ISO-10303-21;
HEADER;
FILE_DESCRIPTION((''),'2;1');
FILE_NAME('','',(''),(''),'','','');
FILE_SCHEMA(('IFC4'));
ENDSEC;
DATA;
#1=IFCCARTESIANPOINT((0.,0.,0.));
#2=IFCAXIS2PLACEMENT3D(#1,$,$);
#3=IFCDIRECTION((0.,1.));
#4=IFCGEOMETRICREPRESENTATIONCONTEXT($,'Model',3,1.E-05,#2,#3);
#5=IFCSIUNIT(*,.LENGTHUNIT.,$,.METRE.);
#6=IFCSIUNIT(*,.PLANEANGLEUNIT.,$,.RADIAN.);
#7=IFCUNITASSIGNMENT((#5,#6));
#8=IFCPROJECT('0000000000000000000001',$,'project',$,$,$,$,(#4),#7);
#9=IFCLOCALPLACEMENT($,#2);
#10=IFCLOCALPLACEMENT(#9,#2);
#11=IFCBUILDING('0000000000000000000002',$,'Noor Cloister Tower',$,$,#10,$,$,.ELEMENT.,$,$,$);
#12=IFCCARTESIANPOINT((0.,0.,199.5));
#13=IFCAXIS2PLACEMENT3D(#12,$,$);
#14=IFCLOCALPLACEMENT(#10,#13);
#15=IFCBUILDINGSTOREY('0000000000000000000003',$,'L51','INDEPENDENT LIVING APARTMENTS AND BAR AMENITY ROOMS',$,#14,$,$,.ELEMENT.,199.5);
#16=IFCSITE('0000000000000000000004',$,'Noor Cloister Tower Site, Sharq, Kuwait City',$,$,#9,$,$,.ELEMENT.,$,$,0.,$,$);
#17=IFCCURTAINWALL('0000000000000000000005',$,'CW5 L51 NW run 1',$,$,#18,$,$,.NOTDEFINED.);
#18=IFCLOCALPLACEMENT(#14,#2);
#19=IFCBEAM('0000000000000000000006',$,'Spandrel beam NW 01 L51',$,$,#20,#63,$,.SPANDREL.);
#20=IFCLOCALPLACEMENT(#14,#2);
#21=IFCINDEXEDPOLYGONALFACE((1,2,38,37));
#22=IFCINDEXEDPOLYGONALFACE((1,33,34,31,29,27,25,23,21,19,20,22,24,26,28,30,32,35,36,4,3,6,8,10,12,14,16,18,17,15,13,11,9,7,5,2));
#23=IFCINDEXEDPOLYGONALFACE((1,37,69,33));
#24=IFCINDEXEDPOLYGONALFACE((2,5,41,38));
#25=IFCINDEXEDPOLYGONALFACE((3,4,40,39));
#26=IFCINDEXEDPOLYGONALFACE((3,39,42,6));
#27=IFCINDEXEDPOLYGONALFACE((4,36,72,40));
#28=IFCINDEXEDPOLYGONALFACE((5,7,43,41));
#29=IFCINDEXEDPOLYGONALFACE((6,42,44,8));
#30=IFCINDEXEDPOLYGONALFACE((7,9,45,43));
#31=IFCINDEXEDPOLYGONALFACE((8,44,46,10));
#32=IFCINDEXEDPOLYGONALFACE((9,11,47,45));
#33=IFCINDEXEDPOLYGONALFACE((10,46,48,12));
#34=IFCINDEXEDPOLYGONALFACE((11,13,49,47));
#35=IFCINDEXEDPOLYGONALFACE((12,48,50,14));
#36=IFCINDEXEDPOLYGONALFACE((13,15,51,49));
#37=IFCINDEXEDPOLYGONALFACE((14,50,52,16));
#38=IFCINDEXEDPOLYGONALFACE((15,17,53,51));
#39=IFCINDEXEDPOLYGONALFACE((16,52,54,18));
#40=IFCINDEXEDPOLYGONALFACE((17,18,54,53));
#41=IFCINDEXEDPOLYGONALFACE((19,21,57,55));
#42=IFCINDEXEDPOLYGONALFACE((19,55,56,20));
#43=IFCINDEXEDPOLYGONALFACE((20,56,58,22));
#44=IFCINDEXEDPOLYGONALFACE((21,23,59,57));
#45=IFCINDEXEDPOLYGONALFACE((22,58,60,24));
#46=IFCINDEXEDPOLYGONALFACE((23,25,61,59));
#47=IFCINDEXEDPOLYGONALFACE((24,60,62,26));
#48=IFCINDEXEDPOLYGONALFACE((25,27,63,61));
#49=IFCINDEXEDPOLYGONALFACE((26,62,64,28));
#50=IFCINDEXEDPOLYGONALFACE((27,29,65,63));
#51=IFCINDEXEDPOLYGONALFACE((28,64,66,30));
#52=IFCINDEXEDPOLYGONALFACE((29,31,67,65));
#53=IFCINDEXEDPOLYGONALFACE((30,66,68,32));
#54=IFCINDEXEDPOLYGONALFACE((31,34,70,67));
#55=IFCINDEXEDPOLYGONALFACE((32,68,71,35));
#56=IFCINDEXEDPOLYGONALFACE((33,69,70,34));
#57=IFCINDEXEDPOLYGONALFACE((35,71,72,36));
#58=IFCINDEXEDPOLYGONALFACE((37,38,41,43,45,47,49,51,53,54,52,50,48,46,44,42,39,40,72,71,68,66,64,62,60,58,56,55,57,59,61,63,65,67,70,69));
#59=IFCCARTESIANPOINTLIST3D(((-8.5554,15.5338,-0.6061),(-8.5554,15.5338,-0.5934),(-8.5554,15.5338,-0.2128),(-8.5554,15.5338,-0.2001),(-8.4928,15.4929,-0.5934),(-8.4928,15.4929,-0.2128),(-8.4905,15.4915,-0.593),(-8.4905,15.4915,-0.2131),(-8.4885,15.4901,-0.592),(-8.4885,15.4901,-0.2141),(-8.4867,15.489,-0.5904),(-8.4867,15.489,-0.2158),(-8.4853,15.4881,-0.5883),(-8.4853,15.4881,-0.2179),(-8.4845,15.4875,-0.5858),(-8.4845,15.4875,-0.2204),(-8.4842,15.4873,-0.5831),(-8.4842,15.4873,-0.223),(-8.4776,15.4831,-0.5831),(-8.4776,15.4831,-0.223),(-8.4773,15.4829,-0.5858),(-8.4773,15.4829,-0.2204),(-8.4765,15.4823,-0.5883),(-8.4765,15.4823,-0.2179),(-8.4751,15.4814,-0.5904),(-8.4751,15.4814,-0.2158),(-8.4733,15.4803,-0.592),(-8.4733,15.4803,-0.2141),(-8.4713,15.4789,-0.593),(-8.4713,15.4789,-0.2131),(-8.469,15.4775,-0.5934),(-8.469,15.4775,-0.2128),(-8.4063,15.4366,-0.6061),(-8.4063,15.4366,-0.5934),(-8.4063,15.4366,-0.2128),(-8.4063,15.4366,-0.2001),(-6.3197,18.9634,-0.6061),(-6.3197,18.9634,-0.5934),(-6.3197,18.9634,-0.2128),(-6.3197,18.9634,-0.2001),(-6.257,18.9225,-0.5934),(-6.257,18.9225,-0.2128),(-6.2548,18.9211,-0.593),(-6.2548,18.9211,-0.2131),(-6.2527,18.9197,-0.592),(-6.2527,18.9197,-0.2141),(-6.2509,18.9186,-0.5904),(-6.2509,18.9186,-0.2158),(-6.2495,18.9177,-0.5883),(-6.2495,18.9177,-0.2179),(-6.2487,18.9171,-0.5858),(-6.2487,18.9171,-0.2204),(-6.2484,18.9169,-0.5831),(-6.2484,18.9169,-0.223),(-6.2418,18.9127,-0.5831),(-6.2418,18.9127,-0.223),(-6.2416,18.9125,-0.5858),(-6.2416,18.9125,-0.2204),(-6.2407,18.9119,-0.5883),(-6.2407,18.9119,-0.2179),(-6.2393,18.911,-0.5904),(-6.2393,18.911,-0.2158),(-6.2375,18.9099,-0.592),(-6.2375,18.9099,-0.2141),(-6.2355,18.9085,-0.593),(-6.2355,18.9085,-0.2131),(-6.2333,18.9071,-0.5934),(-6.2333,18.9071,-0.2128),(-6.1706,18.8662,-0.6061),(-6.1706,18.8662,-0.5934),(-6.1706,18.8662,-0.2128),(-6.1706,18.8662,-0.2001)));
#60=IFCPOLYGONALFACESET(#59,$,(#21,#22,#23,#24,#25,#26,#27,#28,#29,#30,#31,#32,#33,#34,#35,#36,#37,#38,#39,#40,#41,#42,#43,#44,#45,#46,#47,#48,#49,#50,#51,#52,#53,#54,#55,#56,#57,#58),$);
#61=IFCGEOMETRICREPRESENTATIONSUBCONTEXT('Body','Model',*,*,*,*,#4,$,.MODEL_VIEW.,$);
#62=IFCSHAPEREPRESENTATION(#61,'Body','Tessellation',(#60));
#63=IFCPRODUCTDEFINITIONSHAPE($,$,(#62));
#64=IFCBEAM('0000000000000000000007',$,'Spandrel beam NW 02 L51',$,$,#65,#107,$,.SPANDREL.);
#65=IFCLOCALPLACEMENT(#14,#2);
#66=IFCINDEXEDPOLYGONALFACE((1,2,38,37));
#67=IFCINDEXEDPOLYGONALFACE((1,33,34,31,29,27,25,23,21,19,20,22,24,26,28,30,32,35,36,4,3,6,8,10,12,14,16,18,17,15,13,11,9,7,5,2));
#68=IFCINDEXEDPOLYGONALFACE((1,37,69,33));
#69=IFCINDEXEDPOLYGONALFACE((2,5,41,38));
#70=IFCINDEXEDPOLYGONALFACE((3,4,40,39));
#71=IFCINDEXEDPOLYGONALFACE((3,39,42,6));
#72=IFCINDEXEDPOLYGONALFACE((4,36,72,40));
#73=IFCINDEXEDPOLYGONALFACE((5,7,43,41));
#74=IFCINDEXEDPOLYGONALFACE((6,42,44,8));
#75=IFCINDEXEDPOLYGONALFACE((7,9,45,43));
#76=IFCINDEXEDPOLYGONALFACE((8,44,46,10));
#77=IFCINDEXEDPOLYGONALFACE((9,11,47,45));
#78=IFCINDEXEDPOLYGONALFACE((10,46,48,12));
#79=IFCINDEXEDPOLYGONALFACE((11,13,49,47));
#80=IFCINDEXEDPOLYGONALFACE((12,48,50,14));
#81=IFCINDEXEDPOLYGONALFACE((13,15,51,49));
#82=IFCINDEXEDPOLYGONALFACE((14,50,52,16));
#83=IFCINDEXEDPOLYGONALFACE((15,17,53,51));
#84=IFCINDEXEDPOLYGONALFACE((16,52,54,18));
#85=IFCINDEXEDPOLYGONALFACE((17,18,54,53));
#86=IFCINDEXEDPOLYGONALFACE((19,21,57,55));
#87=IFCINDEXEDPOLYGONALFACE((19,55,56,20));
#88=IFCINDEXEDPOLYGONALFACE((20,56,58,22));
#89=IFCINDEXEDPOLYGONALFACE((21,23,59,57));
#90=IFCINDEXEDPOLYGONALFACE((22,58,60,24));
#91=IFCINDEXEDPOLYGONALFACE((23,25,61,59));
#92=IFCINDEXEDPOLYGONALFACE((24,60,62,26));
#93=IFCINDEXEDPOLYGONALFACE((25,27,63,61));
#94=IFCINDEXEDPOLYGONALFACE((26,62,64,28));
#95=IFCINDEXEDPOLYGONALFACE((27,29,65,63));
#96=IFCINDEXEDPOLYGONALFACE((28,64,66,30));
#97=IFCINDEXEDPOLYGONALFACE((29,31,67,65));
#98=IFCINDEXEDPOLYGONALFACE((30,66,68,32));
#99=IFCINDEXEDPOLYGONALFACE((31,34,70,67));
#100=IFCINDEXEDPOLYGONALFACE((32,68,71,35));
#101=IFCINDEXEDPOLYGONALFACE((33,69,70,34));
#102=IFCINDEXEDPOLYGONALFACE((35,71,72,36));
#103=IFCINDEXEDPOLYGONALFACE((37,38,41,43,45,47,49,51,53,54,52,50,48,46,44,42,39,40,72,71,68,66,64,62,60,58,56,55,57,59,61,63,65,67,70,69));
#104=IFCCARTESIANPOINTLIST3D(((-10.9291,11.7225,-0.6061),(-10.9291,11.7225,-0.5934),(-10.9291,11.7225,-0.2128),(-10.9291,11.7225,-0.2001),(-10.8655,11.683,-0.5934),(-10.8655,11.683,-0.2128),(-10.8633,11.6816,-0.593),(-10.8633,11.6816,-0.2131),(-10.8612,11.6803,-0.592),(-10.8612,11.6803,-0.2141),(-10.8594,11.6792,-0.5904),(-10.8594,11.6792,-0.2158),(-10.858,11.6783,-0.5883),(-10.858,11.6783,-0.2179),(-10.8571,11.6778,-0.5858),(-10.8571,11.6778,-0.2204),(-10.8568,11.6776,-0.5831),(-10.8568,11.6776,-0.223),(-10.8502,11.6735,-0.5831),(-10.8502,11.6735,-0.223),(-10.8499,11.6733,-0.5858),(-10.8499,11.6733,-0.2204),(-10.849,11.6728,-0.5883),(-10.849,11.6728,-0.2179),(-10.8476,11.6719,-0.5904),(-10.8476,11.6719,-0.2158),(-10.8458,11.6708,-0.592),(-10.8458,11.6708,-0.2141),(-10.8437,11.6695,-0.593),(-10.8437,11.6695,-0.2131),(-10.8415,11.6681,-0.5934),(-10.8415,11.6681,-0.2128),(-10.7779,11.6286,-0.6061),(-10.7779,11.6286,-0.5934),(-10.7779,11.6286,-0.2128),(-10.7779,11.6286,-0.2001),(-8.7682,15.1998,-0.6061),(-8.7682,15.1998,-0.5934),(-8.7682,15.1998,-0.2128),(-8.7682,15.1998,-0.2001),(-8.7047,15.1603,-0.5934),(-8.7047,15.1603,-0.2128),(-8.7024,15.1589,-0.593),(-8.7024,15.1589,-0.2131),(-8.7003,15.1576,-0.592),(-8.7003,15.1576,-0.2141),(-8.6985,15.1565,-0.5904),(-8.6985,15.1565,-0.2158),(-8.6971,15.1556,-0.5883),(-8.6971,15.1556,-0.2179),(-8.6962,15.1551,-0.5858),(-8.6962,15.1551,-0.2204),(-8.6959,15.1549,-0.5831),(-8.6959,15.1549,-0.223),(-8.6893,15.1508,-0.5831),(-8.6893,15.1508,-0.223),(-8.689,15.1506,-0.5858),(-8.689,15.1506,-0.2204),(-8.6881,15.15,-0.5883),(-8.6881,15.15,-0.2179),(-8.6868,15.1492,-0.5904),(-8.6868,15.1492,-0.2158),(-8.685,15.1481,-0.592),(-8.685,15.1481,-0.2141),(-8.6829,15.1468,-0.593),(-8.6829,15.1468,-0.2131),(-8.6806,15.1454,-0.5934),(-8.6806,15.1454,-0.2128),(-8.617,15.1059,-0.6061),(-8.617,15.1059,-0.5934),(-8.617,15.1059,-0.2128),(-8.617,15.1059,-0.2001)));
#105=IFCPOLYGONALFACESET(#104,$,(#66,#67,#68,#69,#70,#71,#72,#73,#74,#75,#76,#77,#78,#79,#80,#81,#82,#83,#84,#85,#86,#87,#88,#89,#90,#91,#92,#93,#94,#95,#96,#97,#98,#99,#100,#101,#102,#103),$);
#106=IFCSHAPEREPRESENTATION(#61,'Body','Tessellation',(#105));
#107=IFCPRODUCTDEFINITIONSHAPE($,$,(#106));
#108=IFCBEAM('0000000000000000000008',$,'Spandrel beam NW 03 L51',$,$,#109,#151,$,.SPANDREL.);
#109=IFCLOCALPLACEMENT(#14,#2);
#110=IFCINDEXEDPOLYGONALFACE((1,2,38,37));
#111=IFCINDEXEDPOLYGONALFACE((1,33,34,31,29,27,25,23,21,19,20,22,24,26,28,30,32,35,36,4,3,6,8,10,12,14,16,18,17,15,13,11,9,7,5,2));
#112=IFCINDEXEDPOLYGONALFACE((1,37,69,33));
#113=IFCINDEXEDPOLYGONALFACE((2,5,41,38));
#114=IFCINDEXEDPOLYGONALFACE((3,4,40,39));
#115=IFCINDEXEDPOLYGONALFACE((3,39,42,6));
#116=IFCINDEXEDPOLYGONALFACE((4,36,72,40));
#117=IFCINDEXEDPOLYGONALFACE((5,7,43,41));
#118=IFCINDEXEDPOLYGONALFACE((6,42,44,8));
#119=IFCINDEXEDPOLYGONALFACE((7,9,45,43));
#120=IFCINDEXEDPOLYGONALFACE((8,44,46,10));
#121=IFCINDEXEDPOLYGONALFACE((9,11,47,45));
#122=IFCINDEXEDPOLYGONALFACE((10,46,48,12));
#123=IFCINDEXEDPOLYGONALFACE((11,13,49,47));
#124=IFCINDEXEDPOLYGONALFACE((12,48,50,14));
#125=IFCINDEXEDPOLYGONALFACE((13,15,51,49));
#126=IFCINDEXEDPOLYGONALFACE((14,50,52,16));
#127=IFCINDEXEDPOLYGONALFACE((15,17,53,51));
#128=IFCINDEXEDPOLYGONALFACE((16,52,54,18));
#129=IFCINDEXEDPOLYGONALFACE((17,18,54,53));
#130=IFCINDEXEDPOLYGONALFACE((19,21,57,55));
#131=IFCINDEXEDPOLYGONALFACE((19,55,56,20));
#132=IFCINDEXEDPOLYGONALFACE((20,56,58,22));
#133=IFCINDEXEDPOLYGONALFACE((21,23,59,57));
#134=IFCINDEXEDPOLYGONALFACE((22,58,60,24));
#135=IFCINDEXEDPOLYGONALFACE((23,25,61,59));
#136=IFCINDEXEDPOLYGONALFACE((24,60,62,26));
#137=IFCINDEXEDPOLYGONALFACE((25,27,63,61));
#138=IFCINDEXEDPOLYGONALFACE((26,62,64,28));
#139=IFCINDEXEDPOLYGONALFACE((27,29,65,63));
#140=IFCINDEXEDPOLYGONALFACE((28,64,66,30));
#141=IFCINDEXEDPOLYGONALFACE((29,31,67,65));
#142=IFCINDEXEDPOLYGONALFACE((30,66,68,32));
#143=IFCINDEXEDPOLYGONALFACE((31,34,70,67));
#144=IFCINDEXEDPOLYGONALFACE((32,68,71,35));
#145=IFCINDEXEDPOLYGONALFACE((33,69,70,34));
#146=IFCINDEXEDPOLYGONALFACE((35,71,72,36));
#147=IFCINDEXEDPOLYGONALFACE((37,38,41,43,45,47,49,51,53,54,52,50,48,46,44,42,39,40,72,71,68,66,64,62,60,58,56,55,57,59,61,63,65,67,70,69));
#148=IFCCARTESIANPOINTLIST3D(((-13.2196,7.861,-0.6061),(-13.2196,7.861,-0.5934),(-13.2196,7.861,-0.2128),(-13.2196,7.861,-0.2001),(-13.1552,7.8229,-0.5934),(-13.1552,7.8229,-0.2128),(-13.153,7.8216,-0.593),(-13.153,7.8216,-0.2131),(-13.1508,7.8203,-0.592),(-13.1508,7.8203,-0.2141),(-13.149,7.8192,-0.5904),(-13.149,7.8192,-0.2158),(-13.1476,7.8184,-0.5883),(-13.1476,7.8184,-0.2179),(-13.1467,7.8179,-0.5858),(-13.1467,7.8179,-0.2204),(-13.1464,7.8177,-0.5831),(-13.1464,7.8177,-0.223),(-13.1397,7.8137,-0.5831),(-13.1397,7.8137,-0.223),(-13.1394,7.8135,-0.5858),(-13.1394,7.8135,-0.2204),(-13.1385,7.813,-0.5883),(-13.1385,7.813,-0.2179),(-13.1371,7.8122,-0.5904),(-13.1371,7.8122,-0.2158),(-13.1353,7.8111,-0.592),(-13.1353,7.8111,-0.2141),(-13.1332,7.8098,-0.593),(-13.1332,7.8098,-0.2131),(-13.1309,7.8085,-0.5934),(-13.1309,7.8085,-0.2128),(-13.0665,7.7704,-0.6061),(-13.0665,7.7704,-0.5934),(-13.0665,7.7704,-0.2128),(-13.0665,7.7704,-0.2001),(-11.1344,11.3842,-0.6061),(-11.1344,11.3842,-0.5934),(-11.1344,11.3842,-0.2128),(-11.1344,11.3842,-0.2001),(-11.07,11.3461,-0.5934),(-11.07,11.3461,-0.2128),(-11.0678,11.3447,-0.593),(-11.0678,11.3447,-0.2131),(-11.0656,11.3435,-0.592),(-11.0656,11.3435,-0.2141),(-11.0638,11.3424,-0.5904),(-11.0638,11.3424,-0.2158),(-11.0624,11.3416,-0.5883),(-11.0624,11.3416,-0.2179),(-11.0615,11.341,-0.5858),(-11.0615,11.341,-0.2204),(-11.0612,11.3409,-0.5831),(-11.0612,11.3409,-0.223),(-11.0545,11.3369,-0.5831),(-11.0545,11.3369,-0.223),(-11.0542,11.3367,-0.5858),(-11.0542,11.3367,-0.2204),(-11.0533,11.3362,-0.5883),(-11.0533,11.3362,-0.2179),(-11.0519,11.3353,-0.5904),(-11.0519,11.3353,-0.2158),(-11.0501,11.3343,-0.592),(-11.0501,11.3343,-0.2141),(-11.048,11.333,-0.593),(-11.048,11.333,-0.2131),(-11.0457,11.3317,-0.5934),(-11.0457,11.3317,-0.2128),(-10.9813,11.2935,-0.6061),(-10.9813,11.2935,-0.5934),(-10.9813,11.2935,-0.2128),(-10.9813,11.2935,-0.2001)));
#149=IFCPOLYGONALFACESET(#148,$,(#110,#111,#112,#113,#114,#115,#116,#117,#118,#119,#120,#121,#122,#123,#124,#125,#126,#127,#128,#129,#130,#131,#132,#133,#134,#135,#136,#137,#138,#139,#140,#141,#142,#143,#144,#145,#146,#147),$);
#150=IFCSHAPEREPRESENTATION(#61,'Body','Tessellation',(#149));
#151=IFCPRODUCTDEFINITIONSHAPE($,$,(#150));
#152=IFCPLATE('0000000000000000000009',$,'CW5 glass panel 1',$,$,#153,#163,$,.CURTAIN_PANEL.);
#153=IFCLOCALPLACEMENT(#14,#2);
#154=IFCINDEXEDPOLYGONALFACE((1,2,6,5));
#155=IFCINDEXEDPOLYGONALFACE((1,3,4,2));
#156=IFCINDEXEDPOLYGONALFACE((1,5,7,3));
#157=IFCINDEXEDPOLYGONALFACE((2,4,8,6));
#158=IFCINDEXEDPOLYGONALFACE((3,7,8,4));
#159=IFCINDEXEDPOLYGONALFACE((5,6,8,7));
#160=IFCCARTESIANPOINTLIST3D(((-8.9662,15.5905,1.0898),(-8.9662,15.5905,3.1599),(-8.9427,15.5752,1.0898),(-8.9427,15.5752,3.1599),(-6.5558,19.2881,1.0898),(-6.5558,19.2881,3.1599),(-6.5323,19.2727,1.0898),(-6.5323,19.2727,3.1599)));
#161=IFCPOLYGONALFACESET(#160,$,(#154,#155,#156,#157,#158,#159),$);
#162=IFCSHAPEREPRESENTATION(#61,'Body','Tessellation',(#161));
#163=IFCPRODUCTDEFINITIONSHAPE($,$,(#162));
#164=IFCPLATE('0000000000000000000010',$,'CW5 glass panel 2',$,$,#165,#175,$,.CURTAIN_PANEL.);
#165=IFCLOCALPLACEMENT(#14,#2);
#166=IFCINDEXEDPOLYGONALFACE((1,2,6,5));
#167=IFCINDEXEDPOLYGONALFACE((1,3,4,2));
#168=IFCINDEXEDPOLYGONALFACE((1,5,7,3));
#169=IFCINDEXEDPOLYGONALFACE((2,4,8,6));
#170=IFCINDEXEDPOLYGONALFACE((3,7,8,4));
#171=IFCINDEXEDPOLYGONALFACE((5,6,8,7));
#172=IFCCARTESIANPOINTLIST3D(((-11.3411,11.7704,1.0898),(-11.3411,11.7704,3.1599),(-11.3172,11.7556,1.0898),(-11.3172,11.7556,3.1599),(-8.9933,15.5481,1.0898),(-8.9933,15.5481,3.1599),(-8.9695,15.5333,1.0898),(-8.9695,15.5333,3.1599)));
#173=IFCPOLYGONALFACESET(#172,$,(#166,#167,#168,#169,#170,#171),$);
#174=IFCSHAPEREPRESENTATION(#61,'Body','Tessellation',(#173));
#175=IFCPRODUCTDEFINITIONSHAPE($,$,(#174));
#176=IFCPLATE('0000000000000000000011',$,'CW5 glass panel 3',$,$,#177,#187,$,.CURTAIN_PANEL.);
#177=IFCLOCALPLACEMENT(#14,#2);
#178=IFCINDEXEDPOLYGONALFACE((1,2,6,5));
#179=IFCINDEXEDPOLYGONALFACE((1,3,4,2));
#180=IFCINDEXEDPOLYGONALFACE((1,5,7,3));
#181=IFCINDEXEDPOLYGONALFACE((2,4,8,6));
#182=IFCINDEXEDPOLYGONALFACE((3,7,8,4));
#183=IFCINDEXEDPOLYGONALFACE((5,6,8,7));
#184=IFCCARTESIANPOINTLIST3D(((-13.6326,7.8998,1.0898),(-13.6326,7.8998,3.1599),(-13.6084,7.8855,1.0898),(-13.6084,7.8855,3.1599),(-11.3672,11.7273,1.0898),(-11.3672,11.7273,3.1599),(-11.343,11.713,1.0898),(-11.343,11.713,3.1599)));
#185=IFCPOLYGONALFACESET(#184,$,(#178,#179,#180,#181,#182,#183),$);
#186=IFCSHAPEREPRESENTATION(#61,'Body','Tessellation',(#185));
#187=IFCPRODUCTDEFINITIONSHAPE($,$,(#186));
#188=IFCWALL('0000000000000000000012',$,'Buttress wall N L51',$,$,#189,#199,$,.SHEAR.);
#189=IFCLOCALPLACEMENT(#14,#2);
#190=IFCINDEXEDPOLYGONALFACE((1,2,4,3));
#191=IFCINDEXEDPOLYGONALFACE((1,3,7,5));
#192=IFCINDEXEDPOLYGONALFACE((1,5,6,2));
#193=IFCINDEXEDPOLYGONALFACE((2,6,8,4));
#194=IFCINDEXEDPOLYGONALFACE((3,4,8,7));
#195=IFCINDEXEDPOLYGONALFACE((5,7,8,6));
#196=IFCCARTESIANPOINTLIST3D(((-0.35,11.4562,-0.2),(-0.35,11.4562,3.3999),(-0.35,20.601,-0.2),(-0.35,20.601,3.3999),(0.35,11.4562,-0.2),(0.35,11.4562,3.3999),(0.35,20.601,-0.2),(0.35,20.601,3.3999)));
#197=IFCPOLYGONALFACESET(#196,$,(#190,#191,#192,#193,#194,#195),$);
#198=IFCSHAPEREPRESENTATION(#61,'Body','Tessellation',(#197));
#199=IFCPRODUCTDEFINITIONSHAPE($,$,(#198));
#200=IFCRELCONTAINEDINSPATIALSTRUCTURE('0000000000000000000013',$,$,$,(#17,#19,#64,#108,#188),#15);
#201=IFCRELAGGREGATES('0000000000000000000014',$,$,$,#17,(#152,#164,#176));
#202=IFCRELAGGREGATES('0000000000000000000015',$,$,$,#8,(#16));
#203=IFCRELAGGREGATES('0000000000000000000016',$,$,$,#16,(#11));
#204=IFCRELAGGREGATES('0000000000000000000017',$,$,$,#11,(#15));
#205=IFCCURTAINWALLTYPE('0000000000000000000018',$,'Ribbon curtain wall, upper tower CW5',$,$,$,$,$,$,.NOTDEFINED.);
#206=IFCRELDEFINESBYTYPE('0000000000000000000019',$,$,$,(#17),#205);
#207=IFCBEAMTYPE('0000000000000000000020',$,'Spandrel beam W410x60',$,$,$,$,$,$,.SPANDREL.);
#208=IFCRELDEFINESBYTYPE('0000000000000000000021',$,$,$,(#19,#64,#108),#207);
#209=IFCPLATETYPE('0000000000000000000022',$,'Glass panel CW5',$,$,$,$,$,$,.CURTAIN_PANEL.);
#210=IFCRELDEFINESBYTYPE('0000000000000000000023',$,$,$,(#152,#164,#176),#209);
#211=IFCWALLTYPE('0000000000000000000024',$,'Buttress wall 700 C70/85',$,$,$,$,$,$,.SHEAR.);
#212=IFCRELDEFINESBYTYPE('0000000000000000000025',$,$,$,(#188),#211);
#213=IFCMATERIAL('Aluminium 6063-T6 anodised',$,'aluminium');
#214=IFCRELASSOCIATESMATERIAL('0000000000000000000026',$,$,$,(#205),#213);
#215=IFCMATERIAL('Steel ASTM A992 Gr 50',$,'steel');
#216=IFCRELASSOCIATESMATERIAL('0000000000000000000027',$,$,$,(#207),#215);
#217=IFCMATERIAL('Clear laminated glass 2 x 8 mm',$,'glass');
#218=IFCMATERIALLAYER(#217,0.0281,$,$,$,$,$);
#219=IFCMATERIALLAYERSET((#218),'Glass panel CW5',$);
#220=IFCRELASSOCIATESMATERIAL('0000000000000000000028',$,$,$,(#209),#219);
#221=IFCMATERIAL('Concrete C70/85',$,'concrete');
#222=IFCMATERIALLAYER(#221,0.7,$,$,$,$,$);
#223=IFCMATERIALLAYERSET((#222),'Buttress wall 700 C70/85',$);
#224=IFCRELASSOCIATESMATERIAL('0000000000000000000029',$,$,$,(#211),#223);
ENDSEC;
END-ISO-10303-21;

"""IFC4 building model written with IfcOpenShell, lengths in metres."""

from ifc_helpers import new_model, si_unit, direction, frame, frame_2d, origin, origin_2d, place, context, subcontext, project, spatial, rectangle, i_section, extrude, material, layer, layer_set, material_profile, profile_set, type_object, element, aggregate, save


model = new_model("IFC4")

# Units and contexts
model_context = context("Model", 3, precision=1e-05, world=origin(), true_north=direction((0.0, 1.0)))
body_context = subcontext(model_context, "Body", "Model", "MODEL_VIEW")
ifc_project = project(units=[si_unit("LENGTHUNIT", "METRE"), si_unit("PLANEANGLEUNIT", "RADIAN")], contexts=[model_context])

# Site, building, storey
site_placement = place(None, origin())
site = spatial("IfcSite", under=ifc_project, at=site_placement, Name="Noor Cloister Tower Site, Sharq, Kuwait City", CompositionType="ELEMENT", RefElevation=0.0)
building_placement = place(site_placement, origin())
building = spatial("IfcBuilding", under=site, at=building_placement, Name="Noor Cloister Tower", CompositionType="ELEMENT")
storey_placement = place(building_placement, frame((0.0, 0.0, 199.5)))
storey = spatial("IfcBuildingStorey", under=building, at=storey_placement, Name="L51", Description="INDEPENDENT LIVING APARTMENTS AND BAR AMENITY ROOMS", CompositionType="ELEMENT", Elevation=199.5)

# Curtain wall
ifc_material_1 = material(Name="Aluminium 6063-T6 anodised", Category="aluminium")
curtain_wall_type = type_object("IfcCurtainWallType", Name="Ribbon curtain wall, upper tower CW5", PredefinedType="NOTDEFINED", material=ifc_material_1)
curtain_wall_placement = place(storey_placement, origin())
curtain_wall = element("IfcCurtainWall", 1, at=curtain_wall_placement, inside=storey, type_object=curtain_wall_type, Name="CW5 L51 NW run 1", PredefinedType="NOTDEFINED")

# Beams
ifc_material_2 = material(Name="Steel ASTM A992 Gr 50", Category="steel")
ifc_material_profile_1 = material_profile(ifc_material_2, i_section(OverallWidth=0.178, OverallDepth=0.406, WebThickness=0.0078, FlangeThickness=0.0127, FilletRadius=0.0103, at=origin_2d()), Name="W410x60")
ifc_profile_set_1 = profile_set([ifc_material_profile_1], Name="Steel ASTM A992 Gr 50")
beam_type_1 = type_object("IfcBeamType", Name="Spandrel beam W410x60", PredefinedType="SPANDREL", material=ifc_profile_set_1)
for number, where, z_axis, x_axis, name in (
    (2, (-6.2451, 18.9148, -0.4031), (-0.546111, -0.837713, 0.0), (0.837713, -0.546111, 0.0), "Spandrel beam NW 01 L51"),
    (3, (-8.6926, 15.1528, -0.4031), (-0.527816, -0.849359, 0.0), (0.849359, -0.527816, 0.0), "Spandrel beam NW 02 L51"),
    (4, (-11.0579, 11.3389, -0.4031), (-0.50933, -0.860571, 0.0), (0.860571, -0.50933, 0.0), "Spandrel beam NW 03 L51"),
):
    element("IfcBeam", number, at=place(storey_placement, frame(where, z_axis=z_axis, x_axis=x_axis)), inside=storey, type_object=beam_type_1, Name=name, PredefinedType="SPANDREL", context=body_context, shape_type="SweptSolid", body=[
        extrude(i_section(OverallWidth=0.178, OverallDepth=0.406, WebThickness=0.0078, FlangeThickness=0.0127, FilletRadius=0.0103, at=origin_2d()), origin(), (0.0, 0.0, 1.0), 4.094),
    ])

# Plates
ifc_material_3 = material(Name="Clear laminated glass 2 x 8 mm", Category="glass")
ifc_layer_1 = layer(ifc_material_3, 0.0281)
ifc_layer_set_1 = layer_set([ifc_layer_1], Name="Glass panel CW5")
plate_type = type_object("IfcPlateType", Name="Glass panel CW5", PredefinedType="CURTAIN_PANEL", material=ifc_layer_set_1)
plate_1_placement = place(storey_placement, frame((-7.7493, 17.4316, 1.0898), z_axis=(0.0, 0.0, 1.0), x_axis=(-0.546098, -0.837721, 0.0)))
plate_1 = element("IfcPlate", 5, at=plate_1_placement, type_object=plate_type, Name="CW5 glass panel 1", PredefinedType="CURTAIN_PANEL", context=body_context, shape_type="SweptSolid", body=[
    extrude(rectangle(XDim=4.4138, YDim=0.0281, at=origin_2d()), origin(), (0.0, 0.0, 1.0), 2.0701),
])
plate_2_placement = place(storey_placement, frame((-10.1553, 13.6519, 1.0898), z_axis=(0.0, 0.0, 1.0), x_axis=(-0.527843, -0.849342, 0.0)))
plate_2 = element("IfcPlate", 6, at=plate_2_placement, type_object=plate_type, Name="CW5 glass panel 2", PredefinedType="CURTAIN_PANEL", context=body_context, shape_type="SweptSolid", body=[
    extrude(rectangle(XDim=4.4478, YDim=0.0281, at=origin_2d()), origin(), (0.0, 0.0, 1.0), 2.0701),
])
plate_3_placement = place(storey_placement, frame((-12.4878, 9.8064, 1.0898), z_axis=(0.0, 0.0, 1.0), x_axis=(-0.509341, -0.860565, 0.0)))
plate_3 = element("IfcPlate", 7, at=plate_3_placement, type_object=plate_type, Name="CW5 glass panel 3", PredefinedType="CURTAIN_PANEL", context=body_context, shape_type="SweptSolid", body=[
    extrude(rectangle(XDim=4.4478, YDim=0.0281, at=origin_2d()), origin(), (0.0, 0.0, 1.0), 2.0701),
])
aggregate(curtain_wall, [plate_1, plate_2, plate_3])

# Wall
ifc_material_4 = material(Name="Concrete C70/85", Category="concrete")
ifc_layer_2 = layer(ifc_material_4, 0.7)
ifc_layer_set_2 = layer_set([ifc_layer_2], Name="Buttress wall 700 C70/85")
wall_type_1 = type_object("IfcWallType", Name="Buttress wall 700 C70/85", PredefinedType="SHEAR", material=ifc_layer_set_2)
wall_1_placement = place(storey_placement, frame((0.0, 11.4563, -0.2), z_axis=(0.0, 0.0, 1.0), x_axis=(0.0, 1.0, 0.0)))
element("IfcWall", 8, at=wall_1_placement, inside=storey, type_object=wall_type_1, Name="Buttress wall N L51", PredefinedType="SHEAR", context=body_context, shape_type="SweptSolid", body=[
    extrude(rectangle(XDim=9.1448, YDim=0.7, at=frame_2d((4.5723, 0.0))), origin(), (0.0, 0.0, 1.0), 3.5999),
])

save(model, "model.ifc")
